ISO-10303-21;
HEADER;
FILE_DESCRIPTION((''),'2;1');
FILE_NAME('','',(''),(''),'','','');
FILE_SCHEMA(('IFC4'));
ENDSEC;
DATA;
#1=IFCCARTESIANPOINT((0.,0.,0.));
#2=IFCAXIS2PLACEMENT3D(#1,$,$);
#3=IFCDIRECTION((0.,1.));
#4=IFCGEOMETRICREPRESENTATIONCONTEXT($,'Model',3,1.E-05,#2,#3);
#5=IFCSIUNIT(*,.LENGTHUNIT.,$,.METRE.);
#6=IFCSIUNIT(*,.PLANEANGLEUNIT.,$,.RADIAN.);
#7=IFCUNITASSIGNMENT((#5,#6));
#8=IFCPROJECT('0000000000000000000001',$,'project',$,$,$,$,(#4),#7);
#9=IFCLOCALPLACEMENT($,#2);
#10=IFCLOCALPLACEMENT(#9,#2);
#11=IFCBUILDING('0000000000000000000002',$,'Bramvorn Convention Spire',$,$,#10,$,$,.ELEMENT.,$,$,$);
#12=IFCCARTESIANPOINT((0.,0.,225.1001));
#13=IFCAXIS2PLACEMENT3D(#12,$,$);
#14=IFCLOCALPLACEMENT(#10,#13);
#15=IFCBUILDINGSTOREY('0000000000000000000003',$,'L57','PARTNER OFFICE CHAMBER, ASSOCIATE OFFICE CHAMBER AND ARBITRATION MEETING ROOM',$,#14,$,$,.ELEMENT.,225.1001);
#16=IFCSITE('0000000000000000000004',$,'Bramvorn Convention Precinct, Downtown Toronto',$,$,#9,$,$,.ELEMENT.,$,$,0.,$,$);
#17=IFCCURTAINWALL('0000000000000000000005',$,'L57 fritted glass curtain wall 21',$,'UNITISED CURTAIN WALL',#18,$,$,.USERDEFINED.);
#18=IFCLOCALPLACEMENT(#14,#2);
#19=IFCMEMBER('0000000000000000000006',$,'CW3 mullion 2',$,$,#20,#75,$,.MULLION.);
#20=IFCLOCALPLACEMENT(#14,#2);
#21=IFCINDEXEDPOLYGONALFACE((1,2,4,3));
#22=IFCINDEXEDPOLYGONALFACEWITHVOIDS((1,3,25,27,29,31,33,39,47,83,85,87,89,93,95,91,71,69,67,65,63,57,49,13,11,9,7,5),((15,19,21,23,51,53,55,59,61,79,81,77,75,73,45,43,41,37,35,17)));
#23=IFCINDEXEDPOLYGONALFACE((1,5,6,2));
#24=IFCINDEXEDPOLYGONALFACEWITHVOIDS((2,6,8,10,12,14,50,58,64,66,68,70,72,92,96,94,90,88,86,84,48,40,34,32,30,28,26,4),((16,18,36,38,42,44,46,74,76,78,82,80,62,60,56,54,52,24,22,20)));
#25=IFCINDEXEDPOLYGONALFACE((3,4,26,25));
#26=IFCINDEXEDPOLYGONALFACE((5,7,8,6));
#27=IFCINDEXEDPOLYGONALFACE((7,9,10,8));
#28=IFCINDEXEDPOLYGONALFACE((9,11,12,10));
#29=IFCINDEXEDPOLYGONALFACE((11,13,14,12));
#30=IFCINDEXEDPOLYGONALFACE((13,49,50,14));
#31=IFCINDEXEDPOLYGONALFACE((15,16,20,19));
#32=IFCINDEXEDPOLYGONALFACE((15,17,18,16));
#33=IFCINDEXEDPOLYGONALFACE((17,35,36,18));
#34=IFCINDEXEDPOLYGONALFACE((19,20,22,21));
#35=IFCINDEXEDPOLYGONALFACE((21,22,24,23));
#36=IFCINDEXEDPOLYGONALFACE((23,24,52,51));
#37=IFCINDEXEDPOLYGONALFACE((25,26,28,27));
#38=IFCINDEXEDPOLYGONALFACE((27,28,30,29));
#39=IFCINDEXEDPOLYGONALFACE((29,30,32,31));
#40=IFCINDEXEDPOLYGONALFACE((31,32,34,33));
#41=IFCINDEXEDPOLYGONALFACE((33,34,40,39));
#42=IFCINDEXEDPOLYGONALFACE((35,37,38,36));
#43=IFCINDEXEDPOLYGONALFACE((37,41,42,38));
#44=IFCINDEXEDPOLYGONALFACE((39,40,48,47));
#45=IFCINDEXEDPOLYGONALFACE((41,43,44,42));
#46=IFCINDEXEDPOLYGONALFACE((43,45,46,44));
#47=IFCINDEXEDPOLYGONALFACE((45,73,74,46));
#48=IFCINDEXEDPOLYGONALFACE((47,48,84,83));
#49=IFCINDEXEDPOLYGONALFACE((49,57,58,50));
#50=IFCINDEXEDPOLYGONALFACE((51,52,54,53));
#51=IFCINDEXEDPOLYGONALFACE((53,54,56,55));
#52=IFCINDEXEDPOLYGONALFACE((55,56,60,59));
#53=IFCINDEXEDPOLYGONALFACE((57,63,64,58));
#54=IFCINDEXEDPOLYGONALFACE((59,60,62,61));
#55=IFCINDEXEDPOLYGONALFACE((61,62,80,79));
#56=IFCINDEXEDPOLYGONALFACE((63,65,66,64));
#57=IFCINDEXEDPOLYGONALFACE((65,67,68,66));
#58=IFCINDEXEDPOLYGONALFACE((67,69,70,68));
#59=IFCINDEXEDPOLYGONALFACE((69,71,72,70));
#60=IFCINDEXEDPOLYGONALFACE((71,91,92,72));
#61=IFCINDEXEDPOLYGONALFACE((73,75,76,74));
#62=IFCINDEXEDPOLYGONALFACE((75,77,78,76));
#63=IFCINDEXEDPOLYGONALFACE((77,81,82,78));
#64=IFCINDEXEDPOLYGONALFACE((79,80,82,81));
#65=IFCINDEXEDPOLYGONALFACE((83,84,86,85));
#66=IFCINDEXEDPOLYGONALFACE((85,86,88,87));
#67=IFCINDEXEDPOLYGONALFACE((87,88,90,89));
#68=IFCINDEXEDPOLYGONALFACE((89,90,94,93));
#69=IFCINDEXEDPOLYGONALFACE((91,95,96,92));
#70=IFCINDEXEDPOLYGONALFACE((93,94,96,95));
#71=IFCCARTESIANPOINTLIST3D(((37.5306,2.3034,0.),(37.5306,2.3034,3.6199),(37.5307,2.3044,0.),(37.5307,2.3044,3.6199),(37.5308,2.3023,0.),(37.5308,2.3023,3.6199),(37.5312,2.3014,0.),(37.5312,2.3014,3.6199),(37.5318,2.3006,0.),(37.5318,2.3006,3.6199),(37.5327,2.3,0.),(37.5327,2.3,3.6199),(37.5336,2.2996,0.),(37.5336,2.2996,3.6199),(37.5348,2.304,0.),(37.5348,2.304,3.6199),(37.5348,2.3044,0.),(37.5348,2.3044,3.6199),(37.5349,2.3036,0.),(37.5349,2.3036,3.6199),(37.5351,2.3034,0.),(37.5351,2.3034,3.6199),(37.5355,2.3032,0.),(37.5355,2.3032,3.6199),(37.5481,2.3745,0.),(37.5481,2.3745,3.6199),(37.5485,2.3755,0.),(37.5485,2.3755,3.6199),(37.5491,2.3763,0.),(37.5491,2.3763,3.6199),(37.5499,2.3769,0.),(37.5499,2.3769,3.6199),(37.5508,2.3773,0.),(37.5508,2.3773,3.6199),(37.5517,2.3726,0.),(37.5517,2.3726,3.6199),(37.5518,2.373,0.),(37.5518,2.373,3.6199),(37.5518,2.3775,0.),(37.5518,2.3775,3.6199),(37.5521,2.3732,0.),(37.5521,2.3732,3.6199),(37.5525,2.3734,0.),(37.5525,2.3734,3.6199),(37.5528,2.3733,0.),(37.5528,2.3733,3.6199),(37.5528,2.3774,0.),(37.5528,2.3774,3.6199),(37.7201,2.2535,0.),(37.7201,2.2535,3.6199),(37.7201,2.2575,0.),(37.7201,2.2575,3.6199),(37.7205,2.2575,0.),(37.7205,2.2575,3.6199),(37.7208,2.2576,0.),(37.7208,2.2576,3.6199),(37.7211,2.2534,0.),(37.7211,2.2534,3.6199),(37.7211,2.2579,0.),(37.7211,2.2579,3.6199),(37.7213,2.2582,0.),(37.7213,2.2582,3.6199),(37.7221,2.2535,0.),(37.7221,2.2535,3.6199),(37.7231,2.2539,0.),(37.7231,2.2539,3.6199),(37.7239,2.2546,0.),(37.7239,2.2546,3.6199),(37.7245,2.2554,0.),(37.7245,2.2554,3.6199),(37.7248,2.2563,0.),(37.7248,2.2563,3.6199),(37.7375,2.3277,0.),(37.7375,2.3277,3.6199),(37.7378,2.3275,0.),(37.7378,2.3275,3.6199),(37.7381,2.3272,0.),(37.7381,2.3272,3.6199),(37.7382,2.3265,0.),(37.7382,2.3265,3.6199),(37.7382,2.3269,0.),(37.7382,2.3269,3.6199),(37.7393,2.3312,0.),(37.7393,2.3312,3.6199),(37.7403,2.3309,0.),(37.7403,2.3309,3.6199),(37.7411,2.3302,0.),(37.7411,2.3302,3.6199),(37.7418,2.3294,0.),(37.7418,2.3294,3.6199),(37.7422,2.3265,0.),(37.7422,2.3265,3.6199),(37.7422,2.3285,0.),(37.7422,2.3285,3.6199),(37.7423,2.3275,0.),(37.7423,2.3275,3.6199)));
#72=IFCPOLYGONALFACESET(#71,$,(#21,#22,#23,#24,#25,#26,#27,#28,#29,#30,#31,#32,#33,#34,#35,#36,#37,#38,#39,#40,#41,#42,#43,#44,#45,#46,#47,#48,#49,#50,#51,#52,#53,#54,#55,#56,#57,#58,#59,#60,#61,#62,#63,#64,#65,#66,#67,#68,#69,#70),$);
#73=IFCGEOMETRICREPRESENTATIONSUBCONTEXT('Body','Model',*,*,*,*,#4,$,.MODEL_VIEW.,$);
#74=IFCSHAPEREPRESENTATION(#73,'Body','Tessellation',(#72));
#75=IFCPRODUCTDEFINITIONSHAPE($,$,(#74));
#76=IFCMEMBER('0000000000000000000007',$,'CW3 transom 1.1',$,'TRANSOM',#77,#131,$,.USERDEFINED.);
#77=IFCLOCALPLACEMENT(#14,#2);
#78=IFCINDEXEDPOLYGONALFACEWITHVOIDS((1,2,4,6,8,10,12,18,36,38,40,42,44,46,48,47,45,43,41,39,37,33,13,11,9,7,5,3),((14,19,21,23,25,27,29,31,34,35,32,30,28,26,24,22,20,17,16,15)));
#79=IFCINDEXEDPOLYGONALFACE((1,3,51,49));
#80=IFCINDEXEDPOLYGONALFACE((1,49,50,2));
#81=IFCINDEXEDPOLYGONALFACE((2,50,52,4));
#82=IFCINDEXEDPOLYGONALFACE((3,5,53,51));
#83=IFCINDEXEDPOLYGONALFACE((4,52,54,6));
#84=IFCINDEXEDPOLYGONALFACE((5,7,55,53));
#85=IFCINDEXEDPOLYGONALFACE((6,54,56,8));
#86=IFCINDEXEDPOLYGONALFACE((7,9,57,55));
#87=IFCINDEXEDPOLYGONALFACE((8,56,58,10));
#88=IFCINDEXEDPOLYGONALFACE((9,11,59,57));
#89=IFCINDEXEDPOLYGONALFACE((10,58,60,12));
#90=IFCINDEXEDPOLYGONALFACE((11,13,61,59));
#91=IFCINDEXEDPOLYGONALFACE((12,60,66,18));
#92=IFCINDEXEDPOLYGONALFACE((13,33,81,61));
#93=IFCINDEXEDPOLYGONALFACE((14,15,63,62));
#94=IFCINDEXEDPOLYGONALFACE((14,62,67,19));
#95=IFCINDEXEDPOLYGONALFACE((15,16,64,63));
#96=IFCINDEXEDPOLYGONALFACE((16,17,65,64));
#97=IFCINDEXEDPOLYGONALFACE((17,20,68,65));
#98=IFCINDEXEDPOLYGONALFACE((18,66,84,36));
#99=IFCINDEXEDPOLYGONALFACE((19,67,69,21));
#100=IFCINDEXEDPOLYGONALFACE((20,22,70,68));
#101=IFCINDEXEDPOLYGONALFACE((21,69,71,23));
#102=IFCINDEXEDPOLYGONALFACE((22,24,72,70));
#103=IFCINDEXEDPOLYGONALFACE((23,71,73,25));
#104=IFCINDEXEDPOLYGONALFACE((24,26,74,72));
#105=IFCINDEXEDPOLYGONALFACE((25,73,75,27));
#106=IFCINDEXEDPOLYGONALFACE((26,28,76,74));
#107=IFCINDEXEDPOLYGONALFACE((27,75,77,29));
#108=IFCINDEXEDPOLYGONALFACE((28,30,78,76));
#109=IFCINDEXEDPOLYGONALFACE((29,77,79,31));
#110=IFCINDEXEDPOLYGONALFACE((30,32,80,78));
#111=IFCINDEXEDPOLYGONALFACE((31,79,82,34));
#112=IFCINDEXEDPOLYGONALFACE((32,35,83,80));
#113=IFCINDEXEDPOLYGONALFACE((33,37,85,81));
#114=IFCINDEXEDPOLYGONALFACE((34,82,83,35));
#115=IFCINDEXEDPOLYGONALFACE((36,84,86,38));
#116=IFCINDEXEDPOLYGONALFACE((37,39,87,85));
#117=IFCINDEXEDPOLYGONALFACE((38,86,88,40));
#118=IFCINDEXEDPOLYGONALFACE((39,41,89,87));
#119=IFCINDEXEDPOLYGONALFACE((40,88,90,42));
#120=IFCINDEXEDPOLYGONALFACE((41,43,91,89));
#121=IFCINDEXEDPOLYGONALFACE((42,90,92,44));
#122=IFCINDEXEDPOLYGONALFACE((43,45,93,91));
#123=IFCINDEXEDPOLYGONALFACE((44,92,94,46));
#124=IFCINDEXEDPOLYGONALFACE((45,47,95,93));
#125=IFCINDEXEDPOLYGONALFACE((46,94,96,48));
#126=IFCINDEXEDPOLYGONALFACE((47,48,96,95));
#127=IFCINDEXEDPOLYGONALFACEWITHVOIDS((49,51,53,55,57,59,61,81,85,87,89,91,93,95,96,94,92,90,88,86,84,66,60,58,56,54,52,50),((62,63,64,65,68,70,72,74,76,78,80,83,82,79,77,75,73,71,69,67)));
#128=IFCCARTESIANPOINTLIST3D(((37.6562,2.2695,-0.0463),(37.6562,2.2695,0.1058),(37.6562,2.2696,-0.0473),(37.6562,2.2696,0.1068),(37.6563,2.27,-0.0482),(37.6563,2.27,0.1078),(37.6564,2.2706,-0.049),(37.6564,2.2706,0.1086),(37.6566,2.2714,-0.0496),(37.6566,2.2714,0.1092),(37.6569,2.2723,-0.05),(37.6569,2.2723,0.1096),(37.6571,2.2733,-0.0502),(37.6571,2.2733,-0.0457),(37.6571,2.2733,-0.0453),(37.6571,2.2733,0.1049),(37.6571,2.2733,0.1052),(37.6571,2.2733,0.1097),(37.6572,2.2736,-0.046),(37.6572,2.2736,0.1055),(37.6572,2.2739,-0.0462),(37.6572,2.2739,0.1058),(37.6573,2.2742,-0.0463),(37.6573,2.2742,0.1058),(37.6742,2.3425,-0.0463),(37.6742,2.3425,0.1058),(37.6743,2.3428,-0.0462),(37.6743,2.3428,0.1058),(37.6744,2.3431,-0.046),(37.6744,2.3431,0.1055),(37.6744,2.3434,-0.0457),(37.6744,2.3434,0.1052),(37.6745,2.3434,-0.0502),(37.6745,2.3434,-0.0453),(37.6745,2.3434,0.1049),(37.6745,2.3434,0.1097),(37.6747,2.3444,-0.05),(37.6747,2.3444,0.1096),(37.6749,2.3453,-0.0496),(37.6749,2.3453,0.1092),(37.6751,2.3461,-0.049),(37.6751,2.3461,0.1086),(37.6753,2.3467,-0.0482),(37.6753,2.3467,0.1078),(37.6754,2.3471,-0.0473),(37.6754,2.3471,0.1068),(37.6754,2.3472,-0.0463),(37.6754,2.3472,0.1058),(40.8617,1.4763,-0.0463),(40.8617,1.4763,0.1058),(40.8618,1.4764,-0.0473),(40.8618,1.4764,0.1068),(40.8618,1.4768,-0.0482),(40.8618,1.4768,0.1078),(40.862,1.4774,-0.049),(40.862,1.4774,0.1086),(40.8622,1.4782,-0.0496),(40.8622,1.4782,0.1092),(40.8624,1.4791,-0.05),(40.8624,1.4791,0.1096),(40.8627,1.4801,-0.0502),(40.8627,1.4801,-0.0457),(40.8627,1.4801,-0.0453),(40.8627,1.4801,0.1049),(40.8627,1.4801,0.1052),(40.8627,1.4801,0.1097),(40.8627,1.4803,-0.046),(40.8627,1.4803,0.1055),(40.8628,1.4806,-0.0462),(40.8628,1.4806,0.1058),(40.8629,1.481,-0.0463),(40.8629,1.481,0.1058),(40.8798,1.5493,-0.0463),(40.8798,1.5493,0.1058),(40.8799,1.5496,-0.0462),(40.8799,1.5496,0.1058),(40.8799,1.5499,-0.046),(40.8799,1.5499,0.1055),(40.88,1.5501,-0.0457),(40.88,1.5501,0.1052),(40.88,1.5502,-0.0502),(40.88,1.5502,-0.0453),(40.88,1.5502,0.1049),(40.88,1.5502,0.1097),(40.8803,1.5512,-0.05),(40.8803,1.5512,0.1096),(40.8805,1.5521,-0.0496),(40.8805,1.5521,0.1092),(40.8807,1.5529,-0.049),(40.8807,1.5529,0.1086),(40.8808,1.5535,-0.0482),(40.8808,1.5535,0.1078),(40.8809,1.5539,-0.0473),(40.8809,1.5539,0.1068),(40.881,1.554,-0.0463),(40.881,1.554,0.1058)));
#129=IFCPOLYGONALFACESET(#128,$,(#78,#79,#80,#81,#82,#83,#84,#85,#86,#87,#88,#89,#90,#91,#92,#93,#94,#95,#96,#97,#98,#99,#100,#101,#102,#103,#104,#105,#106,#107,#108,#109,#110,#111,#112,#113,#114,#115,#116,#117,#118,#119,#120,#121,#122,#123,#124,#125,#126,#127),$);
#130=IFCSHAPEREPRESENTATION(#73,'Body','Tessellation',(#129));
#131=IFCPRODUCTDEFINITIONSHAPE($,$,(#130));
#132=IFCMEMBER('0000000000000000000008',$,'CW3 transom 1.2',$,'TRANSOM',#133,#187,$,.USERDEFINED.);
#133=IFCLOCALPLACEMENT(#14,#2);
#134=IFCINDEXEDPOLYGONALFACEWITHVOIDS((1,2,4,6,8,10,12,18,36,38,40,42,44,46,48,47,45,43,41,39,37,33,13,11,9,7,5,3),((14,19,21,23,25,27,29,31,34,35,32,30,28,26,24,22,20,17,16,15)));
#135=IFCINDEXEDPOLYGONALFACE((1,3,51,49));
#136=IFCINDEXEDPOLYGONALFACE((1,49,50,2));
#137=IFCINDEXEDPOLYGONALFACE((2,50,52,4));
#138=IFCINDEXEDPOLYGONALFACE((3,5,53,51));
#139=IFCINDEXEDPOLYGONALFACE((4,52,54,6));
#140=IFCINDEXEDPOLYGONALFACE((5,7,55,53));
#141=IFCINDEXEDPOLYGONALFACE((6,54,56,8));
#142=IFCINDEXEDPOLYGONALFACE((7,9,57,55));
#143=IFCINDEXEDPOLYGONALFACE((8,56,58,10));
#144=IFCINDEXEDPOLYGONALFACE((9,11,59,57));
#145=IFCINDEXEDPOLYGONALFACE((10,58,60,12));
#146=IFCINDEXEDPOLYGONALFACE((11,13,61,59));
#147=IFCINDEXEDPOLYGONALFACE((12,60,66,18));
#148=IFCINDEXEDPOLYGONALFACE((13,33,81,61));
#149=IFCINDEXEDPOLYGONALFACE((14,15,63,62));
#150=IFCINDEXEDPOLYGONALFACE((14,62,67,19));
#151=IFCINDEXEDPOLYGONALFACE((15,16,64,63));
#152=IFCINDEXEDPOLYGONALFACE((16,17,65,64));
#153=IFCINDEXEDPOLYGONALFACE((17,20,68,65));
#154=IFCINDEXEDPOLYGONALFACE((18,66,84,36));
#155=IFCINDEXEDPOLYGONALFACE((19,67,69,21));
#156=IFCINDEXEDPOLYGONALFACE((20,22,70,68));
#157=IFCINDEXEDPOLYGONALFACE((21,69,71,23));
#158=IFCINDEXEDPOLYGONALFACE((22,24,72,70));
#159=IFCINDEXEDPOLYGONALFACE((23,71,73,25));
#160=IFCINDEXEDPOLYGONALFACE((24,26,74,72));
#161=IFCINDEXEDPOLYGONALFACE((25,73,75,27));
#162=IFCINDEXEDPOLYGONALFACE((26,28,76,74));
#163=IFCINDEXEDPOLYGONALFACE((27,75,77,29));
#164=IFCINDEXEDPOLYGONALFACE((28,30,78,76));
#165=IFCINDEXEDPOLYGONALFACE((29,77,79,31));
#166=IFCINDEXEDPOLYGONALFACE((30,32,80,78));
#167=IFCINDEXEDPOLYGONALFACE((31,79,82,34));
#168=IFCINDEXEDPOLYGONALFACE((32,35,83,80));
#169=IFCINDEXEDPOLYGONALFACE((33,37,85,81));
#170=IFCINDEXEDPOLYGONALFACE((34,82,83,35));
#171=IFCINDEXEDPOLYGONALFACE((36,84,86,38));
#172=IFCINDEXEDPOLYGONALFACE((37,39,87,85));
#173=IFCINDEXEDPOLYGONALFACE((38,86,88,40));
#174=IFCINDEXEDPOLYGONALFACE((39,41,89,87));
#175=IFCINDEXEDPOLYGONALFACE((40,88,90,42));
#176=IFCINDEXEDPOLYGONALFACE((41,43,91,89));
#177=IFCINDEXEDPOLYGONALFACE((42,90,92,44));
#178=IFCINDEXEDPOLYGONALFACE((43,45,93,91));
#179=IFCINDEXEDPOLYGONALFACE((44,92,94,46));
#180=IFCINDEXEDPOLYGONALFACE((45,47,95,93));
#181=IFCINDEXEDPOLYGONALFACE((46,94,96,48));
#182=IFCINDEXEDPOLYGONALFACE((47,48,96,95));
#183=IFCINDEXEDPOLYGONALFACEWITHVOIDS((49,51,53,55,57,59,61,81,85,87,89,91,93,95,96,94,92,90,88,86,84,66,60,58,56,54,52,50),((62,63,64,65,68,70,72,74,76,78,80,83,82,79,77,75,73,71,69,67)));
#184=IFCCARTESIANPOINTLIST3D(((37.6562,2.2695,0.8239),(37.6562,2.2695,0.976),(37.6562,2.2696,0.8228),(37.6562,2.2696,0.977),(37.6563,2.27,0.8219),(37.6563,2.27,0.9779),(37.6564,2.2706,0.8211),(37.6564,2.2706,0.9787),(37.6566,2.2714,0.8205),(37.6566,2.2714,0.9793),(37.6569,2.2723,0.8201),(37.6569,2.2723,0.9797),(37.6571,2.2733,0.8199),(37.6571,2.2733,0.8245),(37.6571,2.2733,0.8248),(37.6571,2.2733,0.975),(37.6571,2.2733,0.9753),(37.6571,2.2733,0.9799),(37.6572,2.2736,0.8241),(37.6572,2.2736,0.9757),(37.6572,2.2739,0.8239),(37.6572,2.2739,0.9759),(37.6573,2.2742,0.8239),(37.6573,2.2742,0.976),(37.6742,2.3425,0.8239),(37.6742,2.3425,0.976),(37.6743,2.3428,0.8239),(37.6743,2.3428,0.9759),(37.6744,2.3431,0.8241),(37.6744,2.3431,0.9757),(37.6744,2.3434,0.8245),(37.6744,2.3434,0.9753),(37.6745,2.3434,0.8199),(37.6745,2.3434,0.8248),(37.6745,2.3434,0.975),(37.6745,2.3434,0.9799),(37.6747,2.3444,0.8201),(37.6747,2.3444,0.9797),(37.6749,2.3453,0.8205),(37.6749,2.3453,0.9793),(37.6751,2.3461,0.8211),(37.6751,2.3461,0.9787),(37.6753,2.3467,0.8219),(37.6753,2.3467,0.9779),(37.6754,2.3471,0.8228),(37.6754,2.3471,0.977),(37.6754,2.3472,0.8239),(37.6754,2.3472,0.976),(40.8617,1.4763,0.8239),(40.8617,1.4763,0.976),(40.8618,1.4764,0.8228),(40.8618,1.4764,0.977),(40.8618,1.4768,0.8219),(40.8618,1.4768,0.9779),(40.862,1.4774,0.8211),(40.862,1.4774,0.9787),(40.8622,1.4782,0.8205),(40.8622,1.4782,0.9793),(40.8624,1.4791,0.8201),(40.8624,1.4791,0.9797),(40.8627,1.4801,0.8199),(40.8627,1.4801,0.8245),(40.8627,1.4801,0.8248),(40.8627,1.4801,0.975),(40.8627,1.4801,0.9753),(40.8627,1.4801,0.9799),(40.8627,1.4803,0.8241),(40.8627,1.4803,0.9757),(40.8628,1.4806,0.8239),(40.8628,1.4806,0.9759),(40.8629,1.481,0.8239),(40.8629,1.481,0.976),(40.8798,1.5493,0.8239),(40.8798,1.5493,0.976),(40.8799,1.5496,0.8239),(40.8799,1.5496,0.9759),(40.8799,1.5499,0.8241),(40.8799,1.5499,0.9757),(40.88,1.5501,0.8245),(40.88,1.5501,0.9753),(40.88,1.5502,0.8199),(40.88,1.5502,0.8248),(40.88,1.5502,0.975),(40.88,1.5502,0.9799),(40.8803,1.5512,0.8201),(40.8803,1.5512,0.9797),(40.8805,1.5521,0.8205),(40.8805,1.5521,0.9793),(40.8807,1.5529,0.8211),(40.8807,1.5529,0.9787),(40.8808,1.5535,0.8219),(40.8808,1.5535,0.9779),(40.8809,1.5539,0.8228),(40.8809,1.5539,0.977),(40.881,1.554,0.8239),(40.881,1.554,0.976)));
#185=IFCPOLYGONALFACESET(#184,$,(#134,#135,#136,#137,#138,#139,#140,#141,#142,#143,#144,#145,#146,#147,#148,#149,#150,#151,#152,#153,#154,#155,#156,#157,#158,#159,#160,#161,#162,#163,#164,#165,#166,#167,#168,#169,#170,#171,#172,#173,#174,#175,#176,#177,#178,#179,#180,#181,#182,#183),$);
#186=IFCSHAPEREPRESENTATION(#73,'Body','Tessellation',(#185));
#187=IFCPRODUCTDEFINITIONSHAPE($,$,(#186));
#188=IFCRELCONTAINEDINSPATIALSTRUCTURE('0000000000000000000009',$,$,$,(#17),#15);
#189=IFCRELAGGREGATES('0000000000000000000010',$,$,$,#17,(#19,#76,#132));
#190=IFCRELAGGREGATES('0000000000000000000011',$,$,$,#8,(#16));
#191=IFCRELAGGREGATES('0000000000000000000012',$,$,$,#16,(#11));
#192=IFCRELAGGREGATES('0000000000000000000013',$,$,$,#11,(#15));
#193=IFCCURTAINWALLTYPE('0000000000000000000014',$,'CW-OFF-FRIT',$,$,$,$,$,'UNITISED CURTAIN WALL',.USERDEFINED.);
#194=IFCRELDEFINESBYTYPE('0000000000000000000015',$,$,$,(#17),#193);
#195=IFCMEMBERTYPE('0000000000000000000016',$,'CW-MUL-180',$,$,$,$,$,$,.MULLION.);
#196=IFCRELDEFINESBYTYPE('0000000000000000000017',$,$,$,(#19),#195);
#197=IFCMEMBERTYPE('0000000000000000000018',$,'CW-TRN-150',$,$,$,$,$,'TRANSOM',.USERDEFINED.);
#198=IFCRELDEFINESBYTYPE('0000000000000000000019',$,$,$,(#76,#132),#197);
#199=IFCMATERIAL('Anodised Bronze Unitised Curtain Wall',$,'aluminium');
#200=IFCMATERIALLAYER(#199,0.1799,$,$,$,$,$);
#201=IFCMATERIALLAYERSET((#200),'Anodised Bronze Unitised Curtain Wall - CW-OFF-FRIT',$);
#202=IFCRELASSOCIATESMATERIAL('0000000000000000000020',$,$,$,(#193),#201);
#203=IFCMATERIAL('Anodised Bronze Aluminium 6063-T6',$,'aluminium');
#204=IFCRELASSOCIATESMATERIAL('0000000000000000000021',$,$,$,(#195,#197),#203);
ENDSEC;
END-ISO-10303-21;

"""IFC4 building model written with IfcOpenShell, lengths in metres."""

from ifc_helpers import new_model, si_unit, direction, frame, origin, origin_2d, place, context, subcontext, project, spatial, hollow_rectangle, extrude, material, layer, layer_set, material_profile, profile_set, type_object, element, aggregate, save


model = new_model("IFC4")

# Units and contexts
model_context = context("Model", 3, precision=1e-05, world=origin(), true_north=direction((0.0, 1.0)))
body_context = subcontext(model_context, "Body", "Model", "MODEL_VIEW")
ifc_project = project(units=[si_unit("LENGTHUNIT", "METRE"), si_unit("PLANEANGLEUNIT", "RADIAN")], contexts=[model_context])

# Site, building, storey
site_placement = place(None, origin())
site = spatial("IfcSite", under=ifc_project, at=site_placement, Name="Bramvorn Convention Precinct, Downtown Toronto", CompositionType="ELEMENT", RefElevation=0.0)
building_placement = place(site_placement, origin())
building = spatial("IfcBuilding", under=site, at=building_placement, Name="Bramvorn Convention Spire", CompositionType="ELEMENT")
storey_placement = place(building_placement, frame((0.0, 0.0, 225.1001)))
storey = spatial("IfcBuildingStorey", under=building, at=storey_placement, Name="L57", Description="PARTNER OFFICE CHAMBER, ASSOCIATE OFFICE CHAMBER AND ARBITRATION MEETING ROOM", CompositionType="ELEMENT", Elevation=225.1001)

# Curtain wall, members
ifc_material_1 = material(Name="Anodised Bronze Unitised Curtain Wall", Category="aluminium")
ifc_layer_1 = layer(ifc_material_1, 0.1799)
ifc_layer_set_1 = layer_set([ifc_layer_1], Name="Anodised Bronze Unitised Curtain Wall - CW-OFF-FRIT")
curtain_wall_type = type_object("IfcCurtainWallType", Name="CW-OFF-FRIT", ElementType="UNITISED CURTAIN WALL", PredefinedType="USERDEFINED", material=ifc_layer_set_1)
curtain_wall_placement = place(storey_placement, origin())
curtain_wall = element("IfcCurtainWall", 1, at=curtain_wall_placement, inside=storey, type_object=curtain_wall_type, Name="L57 fritted glass curtain wall 21", ObjectType="UNITISED CURTAIN WALL", PredefinedType="USERDEFINED")
ifc_material_2 = material(Name="Anodised Bronze Aluminium 6063-T6", Category="aluminium")
ifc_material_profile_1 = material_profile(ifc_material_2, hollow_rectangle(XDim=0.0801, YDim=0.2, WallThickness=0.0039, InnerFilletRadius=0.001, OuterFilletRadius=0.0039, at=origin_2d()))
ifc_profile_set_1 = profile_set([ifc_material_profile_1], Name="Anodised Bronze Aluminium 6063-T6 - CWM80X200")
member_type_1 = type_object("IfcMemberType", Name="CW-MUL-180", PredefinedType="MULLION", material=ifc_profile_set_1)
member_1_placement = place(storey_placement, frame((37.6365, 2.3154, 0.0), z_axis=(0.0, 0.0, 1.0), x_axis=(-0.24018, -0.970728, 0.0)))
member_1 = element("IfcMember", 2, at=member_1_placement, type_object=member_type_1, Name="CW3 mullion 2", PredefinedType="MULLION", context=body_context, shape_type="SweptSolid", body=[
    extrude(hollow_rectangle(XDim=0.0801, YDim=0.2, WallThickness=0.0039, InnerFilletRadius=0.001, OuterFilletRadius=0.0039, at=origin_2d()), origin(), (0.0, 0.0, 1.0), 3.6199),
])
ifc_material_profile_2 = material_profile(ifc_material_2, hollow_rectangle(XDim=0.0801, YDim=0.1599, WallThickness=0.0039, InnerFilletRadius=0.001, OuterFilletRadius=0.0039, at=origin_2d()))
ifc_profile_set_2 = profile_set([ifc_material_profile_2], Name="Anodised Bronze Aluminium 6063-T6 - CWT80X160")
member_type_2 = type_object("IfcMemberType", Name="CW-TRN-150", ElementType="TRANSOM", PredefinedType="USERDEFINED", material=ifc_profile_set_2)
member_2_placement = place(storey_placement, frame((40.8713, 1.5151, 0.0298), z_axis=(-0.970722, 0.240204, 0.0), x_axis=(-0.240204, -0.970722, 0.0)))
member_2 = element("IfcMember", 3, at=member_2_placement, type_object=member_type_2, Name="CW3 transom 1.1", ObjectType="TRANSOM", PredefinedType="USERDEFINED", context=body_context, shape_type="SweptSolid", body=[
    extrude(hollow_rectangle(XDim=0.0801, YDim=0.1599, WallThickness=0.0039, InnerFilletRadius=0.001, OuterFilletRadius=0.0039, at=origin_2d()), origin(), (0.0, 0.0, 1.0), 3.3022),
])
member_3_placement = place(storey_placement, frame((40.8713, 1.5151, 0.8999), z_axis=(-0.970722, 0.240204, 0.0), x_axis=(-0.240204, -0.970722, 0.0)))
member_3 = element("IfcMember", 4, at=member_3_placement, type_object=member_type_2, Name="CW3 transom 1.2", ObjectType="TRANSOM", PredefinedType="USERDEFINED", context=body_context, shape_type="SweptSolid", body=[
    extrude(hollow_rectangle(XDim=0.0801, YDim=0.1599, WallThickness=0.0039, InnerFilletRadius=0.001, OuterFilletRadius=0.0039, at=origin_2d()), origin(), (0.0, 0.0, 1.0), 3.3022),
])
aggregate(curtain_wall, [member_1, member_2, member_3])

save(model, "model.ifc")
